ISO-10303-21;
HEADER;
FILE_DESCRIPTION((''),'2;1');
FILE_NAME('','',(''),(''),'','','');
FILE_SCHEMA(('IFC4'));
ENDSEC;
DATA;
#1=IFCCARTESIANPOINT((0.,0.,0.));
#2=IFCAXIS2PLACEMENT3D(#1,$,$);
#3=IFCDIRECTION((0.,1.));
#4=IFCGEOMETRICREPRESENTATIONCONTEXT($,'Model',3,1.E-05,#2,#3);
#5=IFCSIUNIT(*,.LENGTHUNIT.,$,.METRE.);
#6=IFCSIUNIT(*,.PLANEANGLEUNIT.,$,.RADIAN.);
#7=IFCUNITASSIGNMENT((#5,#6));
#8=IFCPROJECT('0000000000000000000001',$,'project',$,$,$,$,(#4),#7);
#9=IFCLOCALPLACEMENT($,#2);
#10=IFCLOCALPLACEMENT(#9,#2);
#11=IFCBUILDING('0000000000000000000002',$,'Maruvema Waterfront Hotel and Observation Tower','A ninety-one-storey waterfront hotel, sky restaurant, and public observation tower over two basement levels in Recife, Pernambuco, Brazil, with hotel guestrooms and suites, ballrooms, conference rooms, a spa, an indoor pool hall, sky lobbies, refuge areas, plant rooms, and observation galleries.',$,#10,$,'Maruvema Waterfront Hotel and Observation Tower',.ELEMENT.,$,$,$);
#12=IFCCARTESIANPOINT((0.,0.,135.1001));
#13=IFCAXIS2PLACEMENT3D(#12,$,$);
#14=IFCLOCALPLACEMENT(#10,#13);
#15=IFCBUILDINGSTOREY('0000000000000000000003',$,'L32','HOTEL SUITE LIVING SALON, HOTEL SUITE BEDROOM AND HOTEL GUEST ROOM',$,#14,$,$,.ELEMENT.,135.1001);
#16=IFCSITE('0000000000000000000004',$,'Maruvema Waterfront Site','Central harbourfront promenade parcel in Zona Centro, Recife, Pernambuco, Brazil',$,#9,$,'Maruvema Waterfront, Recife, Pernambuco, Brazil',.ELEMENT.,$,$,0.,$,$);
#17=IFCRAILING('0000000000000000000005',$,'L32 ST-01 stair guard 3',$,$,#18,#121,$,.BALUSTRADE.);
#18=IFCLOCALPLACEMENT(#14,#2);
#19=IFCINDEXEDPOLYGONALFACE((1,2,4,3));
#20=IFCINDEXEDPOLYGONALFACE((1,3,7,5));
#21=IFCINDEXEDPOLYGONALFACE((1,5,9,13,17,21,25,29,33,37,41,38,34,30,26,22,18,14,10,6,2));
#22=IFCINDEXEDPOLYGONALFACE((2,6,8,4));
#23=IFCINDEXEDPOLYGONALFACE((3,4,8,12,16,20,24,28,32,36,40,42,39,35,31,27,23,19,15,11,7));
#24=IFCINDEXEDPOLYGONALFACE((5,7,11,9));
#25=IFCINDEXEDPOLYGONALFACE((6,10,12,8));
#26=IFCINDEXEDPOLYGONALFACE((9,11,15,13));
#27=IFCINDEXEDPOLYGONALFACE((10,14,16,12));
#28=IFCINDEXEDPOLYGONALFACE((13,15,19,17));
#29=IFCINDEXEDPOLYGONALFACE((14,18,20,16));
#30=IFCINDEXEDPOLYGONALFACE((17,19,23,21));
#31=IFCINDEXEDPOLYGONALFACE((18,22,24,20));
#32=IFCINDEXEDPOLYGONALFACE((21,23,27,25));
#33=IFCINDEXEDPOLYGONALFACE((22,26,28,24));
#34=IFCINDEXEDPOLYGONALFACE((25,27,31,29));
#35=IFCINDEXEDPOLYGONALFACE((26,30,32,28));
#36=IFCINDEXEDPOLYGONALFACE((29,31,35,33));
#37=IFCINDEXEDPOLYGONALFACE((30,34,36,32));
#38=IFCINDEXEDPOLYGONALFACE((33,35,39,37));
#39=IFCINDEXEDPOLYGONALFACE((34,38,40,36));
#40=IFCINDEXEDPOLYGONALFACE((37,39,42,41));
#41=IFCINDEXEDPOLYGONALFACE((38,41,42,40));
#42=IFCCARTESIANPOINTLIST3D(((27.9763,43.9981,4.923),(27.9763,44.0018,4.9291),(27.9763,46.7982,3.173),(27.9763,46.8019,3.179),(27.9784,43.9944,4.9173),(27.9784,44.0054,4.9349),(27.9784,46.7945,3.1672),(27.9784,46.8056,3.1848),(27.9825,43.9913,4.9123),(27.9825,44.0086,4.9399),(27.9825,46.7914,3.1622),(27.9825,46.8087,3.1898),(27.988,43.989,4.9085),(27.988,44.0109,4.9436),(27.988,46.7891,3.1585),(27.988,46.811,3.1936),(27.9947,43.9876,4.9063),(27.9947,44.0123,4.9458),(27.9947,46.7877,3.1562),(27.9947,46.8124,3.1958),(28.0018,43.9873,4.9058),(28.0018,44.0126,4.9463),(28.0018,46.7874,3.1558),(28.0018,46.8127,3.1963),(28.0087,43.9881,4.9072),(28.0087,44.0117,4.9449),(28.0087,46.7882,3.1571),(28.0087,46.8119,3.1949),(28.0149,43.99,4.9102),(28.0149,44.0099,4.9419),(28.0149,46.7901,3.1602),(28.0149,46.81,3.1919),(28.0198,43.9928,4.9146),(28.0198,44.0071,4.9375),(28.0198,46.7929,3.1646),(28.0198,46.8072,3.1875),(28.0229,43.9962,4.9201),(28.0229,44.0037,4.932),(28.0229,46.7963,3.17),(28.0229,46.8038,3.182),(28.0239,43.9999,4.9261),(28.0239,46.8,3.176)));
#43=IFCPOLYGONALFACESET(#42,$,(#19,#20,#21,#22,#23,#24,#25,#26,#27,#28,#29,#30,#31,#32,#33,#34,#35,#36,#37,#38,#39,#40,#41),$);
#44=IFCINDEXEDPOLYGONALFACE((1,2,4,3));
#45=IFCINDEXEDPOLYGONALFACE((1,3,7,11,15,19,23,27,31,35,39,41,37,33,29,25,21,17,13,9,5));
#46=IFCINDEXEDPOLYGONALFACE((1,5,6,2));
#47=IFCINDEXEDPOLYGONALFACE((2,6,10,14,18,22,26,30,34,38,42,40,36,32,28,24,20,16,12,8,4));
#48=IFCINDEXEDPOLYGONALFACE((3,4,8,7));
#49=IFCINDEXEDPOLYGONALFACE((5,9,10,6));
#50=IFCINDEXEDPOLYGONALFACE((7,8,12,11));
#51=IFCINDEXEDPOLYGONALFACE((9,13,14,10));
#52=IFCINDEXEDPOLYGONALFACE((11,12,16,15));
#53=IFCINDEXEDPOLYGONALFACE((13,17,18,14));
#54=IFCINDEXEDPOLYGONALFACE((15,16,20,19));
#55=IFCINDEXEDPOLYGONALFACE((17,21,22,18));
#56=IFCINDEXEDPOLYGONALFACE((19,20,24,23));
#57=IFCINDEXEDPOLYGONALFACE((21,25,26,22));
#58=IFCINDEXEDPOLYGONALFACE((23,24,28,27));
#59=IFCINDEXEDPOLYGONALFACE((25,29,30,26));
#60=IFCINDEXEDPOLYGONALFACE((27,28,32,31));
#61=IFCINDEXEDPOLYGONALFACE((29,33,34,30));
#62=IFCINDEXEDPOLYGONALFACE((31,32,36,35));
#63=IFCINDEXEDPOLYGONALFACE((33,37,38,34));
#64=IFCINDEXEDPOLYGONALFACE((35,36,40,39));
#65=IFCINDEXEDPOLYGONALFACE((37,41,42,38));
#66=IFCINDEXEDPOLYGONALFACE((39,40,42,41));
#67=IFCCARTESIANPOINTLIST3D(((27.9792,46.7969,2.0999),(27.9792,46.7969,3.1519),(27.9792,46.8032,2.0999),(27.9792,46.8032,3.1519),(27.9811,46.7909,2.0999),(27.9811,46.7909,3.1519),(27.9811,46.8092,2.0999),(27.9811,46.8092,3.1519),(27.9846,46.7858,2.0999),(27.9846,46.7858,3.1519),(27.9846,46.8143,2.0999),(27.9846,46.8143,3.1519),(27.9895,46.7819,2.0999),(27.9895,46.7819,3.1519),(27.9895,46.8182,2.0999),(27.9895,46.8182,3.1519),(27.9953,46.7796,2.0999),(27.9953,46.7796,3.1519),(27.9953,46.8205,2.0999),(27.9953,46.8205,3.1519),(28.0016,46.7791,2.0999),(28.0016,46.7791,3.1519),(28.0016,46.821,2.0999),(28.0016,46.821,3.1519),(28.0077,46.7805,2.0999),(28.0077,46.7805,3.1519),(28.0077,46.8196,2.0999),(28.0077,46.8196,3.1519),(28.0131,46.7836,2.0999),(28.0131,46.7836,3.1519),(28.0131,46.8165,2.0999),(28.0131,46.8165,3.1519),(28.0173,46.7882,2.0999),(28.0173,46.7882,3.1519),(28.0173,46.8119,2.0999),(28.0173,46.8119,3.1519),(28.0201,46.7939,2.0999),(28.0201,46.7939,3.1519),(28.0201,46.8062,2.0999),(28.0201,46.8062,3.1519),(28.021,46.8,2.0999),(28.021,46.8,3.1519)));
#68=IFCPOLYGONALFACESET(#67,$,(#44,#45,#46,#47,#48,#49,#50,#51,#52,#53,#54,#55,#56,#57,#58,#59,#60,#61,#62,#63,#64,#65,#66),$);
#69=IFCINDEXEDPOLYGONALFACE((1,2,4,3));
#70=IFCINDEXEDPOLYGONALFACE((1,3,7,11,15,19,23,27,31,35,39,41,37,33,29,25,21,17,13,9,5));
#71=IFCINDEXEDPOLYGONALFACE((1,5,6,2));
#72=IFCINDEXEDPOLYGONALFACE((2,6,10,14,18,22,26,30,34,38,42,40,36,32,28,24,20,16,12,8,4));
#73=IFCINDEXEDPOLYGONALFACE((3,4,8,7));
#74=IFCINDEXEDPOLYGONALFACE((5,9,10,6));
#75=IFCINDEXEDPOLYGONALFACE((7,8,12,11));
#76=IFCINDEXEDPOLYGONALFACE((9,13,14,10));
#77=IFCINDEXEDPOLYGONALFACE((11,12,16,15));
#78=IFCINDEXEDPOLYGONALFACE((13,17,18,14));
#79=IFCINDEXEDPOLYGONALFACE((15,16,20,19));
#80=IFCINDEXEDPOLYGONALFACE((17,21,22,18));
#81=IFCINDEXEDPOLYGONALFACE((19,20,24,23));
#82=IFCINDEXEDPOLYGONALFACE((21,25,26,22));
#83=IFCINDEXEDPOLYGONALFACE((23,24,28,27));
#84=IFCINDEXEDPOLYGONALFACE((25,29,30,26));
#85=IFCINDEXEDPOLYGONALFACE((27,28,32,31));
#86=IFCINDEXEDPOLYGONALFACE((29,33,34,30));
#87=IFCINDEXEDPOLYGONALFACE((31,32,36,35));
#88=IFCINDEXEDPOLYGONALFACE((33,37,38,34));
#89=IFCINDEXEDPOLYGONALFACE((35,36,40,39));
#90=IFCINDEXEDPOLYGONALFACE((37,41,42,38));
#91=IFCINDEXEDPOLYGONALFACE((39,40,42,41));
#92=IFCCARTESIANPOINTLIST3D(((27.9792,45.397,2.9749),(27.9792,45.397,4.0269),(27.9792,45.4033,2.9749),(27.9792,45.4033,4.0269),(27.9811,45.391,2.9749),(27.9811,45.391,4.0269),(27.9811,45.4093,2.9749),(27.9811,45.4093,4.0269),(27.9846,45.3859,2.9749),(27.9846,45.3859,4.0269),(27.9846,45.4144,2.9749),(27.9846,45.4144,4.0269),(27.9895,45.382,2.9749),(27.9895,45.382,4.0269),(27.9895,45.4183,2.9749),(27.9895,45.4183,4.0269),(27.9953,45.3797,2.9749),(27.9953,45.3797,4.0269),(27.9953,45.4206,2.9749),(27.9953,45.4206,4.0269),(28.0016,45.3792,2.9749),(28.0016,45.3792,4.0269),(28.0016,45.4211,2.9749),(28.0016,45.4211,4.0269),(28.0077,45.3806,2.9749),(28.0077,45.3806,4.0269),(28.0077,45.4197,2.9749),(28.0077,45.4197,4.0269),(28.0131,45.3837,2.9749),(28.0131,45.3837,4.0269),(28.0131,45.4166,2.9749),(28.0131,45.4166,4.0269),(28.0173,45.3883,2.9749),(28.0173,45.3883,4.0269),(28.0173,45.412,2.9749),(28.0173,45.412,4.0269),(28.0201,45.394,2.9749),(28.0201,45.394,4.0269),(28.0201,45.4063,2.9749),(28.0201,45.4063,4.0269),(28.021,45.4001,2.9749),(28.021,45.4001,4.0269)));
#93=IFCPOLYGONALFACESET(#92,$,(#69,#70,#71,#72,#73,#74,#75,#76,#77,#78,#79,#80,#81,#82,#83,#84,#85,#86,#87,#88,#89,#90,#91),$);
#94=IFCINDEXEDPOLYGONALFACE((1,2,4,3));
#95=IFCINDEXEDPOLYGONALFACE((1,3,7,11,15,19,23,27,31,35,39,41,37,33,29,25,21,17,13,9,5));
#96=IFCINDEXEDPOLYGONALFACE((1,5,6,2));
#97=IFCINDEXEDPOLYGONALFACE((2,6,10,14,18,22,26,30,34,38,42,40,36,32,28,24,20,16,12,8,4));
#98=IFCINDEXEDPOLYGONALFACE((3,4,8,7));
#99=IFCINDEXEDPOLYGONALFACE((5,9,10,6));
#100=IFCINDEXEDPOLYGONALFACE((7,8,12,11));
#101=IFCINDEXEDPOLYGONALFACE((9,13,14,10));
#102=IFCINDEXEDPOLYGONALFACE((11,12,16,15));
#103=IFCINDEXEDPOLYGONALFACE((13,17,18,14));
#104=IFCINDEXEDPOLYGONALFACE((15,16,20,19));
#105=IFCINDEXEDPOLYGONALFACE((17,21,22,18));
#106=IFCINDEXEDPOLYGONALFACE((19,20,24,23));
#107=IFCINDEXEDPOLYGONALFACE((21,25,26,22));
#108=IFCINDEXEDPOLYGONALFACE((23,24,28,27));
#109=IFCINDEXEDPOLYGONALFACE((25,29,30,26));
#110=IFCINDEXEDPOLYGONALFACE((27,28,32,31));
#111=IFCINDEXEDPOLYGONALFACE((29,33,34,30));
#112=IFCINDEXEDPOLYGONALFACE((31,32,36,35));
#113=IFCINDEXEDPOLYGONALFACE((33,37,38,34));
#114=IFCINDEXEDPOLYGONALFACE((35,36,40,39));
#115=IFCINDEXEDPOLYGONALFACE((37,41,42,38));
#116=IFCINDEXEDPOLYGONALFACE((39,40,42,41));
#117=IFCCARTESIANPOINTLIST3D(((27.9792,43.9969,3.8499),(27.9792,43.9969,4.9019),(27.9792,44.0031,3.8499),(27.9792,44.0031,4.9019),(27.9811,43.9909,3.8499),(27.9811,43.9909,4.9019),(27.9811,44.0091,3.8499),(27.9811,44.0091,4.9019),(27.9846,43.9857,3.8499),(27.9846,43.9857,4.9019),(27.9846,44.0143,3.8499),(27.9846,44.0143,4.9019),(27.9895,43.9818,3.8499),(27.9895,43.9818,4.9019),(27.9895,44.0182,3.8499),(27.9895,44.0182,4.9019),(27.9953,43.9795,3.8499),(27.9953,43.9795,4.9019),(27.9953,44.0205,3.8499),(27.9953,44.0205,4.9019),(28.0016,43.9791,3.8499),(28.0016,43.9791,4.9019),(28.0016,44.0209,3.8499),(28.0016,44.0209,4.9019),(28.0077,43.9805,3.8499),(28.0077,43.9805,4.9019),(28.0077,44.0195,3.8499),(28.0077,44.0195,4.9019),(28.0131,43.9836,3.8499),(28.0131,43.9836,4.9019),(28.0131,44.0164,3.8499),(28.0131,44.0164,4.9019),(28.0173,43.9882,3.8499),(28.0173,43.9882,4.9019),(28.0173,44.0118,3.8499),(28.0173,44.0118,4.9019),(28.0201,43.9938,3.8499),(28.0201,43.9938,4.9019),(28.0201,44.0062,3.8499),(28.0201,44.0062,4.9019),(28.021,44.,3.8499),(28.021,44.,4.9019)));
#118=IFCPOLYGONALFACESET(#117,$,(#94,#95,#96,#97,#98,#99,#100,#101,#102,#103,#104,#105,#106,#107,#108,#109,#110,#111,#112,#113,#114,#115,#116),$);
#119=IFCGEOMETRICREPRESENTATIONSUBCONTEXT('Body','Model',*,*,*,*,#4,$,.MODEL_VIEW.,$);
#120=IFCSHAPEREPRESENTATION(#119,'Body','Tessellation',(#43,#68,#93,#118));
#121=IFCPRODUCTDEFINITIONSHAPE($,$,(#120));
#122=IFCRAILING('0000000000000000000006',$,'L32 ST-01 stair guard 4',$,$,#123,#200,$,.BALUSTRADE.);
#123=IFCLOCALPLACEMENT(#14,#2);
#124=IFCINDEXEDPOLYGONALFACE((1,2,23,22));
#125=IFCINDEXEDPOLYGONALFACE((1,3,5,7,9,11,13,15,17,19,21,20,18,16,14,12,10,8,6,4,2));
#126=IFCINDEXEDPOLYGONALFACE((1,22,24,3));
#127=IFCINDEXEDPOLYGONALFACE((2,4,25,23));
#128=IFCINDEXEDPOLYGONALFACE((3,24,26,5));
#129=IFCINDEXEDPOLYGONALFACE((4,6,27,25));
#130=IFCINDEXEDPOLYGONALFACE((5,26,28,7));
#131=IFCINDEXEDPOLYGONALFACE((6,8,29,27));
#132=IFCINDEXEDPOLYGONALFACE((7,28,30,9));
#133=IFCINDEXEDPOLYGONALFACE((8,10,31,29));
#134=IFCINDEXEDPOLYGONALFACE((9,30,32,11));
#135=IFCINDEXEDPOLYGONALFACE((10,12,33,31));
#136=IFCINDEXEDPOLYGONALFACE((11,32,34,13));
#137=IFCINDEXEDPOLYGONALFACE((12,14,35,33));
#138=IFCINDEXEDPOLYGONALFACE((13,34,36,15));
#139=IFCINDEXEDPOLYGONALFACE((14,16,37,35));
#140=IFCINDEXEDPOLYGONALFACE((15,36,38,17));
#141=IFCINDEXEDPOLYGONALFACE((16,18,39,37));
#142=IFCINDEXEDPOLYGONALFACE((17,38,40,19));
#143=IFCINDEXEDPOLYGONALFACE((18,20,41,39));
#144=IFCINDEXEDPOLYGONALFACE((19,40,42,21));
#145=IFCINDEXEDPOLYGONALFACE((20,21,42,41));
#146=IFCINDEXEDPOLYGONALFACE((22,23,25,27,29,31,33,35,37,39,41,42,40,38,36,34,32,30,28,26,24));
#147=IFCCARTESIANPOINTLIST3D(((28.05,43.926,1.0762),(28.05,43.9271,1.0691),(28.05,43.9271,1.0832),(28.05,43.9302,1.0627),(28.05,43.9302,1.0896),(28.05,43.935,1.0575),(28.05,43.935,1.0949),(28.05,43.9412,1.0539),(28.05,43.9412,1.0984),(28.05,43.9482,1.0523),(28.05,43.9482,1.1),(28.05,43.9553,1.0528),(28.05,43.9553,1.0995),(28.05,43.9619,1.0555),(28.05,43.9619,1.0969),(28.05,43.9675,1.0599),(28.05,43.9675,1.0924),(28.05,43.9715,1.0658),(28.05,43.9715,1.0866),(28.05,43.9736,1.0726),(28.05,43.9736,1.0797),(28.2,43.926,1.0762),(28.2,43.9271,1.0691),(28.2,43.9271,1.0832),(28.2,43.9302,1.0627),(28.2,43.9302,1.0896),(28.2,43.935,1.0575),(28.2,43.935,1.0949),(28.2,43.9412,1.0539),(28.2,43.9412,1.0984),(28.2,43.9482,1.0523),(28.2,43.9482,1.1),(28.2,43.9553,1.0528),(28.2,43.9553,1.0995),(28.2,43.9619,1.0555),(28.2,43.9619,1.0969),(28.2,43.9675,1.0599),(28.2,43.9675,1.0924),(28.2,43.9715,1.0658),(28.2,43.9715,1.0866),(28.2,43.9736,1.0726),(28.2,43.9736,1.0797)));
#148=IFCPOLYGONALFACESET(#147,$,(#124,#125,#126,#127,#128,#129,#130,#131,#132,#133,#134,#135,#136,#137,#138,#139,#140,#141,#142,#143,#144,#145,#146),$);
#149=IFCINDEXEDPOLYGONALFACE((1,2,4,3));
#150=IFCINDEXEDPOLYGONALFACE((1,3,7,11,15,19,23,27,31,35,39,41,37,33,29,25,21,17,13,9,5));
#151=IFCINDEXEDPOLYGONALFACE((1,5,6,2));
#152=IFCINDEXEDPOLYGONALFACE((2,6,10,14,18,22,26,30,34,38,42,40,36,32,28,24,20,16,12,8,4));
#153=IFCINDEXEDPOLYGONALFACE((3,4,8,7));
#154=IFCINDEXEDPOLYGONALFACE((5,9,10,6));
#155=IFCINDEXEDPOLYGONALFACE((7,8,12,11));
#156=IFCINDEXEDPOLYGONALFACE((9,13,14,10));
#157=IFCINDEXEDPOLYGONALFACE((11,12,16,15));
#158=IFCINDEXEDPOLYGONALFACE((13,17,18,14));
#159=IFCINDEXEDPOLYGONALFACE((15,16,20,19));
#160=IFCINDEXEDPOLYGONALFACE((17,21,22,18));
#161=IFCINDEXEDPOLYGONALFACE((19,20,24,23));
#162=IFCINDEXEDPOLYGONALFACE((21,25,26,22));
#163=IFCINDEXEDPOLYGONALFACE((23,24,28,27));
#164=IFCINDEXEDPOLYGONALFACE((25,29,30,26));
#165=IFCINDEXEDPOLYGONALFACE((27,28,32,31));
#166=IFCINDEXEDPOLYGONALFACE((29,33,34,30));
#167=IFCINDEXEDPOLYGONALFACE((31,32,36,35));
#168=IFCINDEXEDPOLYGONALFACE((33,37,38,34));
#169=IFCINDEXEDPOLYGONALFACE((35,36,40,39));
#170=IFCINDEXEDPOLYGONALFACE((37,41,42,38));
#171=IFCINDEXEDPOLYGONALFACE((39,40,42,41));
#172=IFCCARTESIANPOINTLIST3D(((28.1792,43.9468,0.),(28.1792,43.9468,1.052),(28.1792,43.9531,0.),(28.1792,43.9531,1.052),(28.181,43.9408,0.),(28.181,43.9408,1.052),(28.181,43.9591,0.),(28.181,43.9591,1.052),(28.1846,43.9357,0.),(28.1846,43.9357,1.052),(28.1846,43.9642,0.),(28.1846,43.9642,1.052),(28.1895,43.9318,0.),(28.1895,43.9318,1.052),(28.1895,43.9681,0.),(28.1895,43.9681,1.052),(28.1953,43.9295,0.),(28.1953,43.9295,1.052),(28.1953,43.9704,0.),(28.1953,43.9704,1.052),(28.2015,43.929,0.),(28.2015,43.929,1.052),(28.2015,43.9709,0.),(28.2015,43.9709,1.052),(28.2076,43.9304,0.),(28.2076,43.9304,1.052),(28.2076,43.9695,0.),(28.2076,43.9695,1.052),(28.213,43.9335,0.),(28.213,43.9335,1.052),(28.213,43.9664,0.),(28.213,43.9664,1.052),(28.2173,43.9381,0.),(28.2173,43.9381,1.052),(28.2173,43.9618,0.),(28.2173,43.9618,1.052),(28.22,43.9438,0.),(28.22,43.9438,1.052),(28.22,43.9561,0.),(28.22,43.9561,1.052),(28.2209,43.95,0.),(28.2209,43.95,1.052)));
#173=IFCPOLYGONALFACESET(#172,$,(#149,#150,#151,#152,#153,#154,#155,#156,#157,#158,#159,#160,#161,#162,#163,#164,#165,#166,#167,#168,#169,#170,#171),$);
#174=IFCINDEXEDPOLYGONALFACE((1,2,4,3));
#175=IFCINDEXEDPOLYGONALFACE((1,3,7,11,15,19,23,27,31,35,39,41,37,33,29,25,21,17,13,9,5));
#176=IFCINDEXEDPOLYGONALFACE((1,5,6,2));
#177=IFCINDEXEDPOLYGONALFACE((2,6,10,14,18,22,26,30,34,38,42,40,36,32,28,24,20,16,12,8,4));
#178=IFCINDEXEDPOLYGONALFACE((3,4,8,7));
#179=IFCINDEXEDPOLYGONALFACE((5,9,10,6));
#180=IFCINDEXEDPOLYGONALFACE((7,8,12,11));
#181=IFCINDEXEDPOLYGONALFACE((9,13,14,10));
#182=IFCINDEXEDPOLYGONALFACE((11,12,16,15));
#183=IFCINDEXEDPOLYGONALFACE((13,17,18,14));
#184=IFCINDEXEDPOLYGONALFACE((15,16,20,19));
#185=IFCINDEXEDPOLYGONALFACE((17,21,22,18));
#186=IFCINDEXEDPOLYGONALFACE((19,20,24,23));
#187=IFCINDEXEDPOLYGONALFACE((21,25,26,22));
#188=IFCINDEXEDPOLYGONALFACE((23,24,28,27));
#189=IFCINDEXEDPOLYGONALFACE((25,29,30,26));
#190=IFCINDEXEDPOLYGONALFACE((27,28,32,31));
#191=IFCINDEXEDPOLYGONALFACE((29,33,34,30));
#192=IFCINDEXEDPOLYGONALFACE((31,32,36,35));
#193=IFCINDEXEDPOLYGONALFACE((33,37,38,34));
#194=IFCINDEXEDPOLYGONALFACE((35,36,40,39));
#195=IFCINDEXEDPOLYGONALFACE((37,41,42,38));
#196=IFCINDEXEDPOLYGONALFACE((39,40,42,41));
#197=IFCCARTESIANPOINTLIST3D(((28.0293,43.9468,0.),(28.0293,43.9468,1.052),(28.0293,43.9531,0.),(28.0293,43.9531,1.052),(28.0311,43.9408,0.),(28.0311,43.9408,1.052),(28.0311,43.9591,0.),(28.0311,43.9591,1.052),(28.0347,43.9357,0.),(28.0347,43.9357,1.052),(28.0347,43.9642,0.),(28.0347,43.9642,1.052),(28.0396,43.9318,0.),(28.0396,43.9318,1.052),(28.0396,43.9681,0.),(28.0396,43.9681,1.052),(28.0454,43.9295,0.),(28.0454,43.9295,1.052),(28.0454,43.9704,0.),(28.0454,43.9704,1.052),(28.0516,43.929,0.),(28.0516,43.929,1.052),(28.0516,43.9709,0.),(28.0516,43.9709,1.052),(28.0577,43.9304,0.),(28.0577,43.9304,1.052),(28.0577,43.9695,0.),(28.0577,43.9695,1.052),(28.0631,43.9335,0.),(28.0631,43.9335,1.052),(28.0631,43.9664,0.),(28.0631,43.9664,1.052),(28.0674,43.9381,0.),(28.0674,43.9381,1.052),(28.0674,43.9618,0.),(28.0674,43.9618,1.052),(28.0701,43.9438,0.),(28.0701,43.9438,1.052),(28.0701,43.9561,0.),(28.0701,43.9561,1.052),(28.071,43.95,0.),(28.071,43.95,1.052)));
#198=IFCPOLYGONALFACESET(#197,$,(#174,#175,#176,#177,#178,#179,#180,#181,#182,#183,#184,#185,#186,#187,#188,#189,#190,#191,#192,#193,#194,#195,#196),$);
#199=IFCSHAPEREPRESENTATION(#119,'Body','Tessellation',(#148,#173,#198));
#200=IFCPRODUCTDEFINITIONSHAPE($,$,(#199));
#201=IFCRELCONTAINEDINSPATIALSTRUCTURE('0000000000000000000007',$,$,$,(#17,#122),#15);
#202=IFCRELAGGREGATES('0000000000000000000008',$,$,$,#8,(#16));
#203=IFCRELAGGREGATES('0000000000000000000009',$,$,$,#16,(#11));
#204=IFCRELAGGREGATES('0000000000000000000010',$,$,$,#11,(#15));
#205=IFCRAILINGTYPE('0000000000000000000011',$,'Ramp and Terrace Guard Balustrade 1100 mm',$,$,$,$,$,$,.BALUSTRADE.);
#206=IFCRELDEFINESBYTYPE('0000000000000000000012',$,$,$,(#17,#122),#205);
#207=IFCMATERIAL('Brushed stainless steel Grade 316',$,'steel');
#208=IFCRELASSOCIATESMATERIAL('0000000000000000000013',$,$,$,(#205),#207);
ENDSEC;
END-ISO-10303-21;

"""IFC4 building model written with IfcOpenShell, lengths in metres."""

from ifc_helpers import new_model, si_unit, direction, frame, origin, origin_2d, place, context, subcontext, project, spatial, circle, extrude, material, type_object, element, save


model = new_model("IFC4")

# Units and contexts
model_context = context("Model", 3, precision=1e-05, world=origin(), true_north=direction((0.0, 1.0)))
body_context = subcontext(model_context, "Body", "Model", "MODEL_VIEW")
ifc_project = project(units=[si_unit("LENGTHUNIT", "METRE"), si_unit("PLANEANGLEUNIT", "RADIAN")], contexts=[model_context])

# Site, building, storey
site_placement = place(None, origin())
site = spatial("IfcSite", under=ifc_project, at=site_placement, Name="Maruvema Waterfront Site", Description="Central harbourfront promenade parcel in Zona Centro, Recife, Pernambuco, Brazil", LongName="Maruvema Waterfront, Recife, Pernambuco, Brazil", CompositionType="ELEMENT", RefElevation=0.0)
building_placement = place(site_placement, origin())
building = spatial("IfcBuilding", under=site, at=building_placement, Name="Maruvema Waterfront Hotel and Observation Tower", Description="A ninety-one-storey waterfront hotel, sky restaurant, and public observation tower over two basement levels in Recife, Pernambuco, Brazil, with hotel guestrooms and suites, ballrooms, conference rooms, a spa, an indoor pool hall, sky lobbies, refuge areas, plant rooms, and observation galleries.", LongName="Maruvema Waterfront Hotel and Observation Tower", CompositionType="ELEMENT")
storey_placement = place(building_placement, frame((0.0, 0.0, 135.1001)))
storey = spatial("IfcBuildingStorey", under=building, at=storey_placement, Name="L32", Description="HOTEL SUITE LIVING SALON, HOTEL SUITE BEDROOM AND HOTEL GUEST ROOM", CompositionType="ELEMENT", Elevation=135.1001)

# Railings
ifc_material_1 = material(Name="Brushed stainless steel Grade 316", Category="steel")
railing_type_1 = type_object("IfcRailingType", Name="Ramp and Terrace Guard Balustrade 1100 mm", PredefinedType="BALUSTRADE", material=ifc_material_1)
railing_1_placement = place(storey_placement, frame((28.0, 46.8, 2.0999)))
element("IfcRailing", 1, at=railing_1_placement, inside=storey, type_object=railing_type_1, Name="L32 ST-01 stair guard 3", PredefinedType="BALUSTRADE", context=body_context, shape_type="SweptSolid", body=[
    extrude(circle(Radius=0.0239, at=origin_2d()), frame((0.0, 0.0, 1.0762), z_axis=(0.0, -0.848002, 0.529992), x_axis=(1.0, 0.0, 0.0)), (0.0, 0.0, 1.0), 3.302),
    extrude(circle(Radius=0.021, at=origin_2d()), origin(), (0.0, 0.0, 1.0), 1.052),
    extrude(circle(Radius=0.021, at=origin_2d()), frame((0.0, -1.3999, 0.875)), (0.0, 0.0, 1.0), 1.052),
    extrude(circle(Radius=0.021, at=origin_2d()), frame((0.0, -2.8, 1.75)), (0.0, 0.0, 1.0), 1.052),
])
railing_2_placement = place(storey_placement, frame((28.2, 43.95, 0.0)))
element("IfcRailing", 2, at=railing_2_placement, inside=storey, type_object=railing_type_1, Name="L32 ST-01 stair guard 4", PredefinedType="BALUSTRADE", context=body_context, shape_type="SweptSolid", body=[
    extrude(circle(Radius=0.0239, at=origin_2d()), frame((0.0, 0.0, 1.0762), z_axis=(-1.0, 0.0, 0.0), x_axis=(0.0, -1.0, 0.0)), (0.0, 0.0, 1.0), 0.1499),
    extrude(circle(Radius=0.021, at=origin_2d()), origin(), (0.0, 0.0, 1.0), 1.052),
    extrude(circle(Radius=0.021, at=origin_2d()), frame((-0.1499, 0.0, 0.0)), (0.0, 0.0, 1.0), 1.052),
])

save(model, "model.ifc")
